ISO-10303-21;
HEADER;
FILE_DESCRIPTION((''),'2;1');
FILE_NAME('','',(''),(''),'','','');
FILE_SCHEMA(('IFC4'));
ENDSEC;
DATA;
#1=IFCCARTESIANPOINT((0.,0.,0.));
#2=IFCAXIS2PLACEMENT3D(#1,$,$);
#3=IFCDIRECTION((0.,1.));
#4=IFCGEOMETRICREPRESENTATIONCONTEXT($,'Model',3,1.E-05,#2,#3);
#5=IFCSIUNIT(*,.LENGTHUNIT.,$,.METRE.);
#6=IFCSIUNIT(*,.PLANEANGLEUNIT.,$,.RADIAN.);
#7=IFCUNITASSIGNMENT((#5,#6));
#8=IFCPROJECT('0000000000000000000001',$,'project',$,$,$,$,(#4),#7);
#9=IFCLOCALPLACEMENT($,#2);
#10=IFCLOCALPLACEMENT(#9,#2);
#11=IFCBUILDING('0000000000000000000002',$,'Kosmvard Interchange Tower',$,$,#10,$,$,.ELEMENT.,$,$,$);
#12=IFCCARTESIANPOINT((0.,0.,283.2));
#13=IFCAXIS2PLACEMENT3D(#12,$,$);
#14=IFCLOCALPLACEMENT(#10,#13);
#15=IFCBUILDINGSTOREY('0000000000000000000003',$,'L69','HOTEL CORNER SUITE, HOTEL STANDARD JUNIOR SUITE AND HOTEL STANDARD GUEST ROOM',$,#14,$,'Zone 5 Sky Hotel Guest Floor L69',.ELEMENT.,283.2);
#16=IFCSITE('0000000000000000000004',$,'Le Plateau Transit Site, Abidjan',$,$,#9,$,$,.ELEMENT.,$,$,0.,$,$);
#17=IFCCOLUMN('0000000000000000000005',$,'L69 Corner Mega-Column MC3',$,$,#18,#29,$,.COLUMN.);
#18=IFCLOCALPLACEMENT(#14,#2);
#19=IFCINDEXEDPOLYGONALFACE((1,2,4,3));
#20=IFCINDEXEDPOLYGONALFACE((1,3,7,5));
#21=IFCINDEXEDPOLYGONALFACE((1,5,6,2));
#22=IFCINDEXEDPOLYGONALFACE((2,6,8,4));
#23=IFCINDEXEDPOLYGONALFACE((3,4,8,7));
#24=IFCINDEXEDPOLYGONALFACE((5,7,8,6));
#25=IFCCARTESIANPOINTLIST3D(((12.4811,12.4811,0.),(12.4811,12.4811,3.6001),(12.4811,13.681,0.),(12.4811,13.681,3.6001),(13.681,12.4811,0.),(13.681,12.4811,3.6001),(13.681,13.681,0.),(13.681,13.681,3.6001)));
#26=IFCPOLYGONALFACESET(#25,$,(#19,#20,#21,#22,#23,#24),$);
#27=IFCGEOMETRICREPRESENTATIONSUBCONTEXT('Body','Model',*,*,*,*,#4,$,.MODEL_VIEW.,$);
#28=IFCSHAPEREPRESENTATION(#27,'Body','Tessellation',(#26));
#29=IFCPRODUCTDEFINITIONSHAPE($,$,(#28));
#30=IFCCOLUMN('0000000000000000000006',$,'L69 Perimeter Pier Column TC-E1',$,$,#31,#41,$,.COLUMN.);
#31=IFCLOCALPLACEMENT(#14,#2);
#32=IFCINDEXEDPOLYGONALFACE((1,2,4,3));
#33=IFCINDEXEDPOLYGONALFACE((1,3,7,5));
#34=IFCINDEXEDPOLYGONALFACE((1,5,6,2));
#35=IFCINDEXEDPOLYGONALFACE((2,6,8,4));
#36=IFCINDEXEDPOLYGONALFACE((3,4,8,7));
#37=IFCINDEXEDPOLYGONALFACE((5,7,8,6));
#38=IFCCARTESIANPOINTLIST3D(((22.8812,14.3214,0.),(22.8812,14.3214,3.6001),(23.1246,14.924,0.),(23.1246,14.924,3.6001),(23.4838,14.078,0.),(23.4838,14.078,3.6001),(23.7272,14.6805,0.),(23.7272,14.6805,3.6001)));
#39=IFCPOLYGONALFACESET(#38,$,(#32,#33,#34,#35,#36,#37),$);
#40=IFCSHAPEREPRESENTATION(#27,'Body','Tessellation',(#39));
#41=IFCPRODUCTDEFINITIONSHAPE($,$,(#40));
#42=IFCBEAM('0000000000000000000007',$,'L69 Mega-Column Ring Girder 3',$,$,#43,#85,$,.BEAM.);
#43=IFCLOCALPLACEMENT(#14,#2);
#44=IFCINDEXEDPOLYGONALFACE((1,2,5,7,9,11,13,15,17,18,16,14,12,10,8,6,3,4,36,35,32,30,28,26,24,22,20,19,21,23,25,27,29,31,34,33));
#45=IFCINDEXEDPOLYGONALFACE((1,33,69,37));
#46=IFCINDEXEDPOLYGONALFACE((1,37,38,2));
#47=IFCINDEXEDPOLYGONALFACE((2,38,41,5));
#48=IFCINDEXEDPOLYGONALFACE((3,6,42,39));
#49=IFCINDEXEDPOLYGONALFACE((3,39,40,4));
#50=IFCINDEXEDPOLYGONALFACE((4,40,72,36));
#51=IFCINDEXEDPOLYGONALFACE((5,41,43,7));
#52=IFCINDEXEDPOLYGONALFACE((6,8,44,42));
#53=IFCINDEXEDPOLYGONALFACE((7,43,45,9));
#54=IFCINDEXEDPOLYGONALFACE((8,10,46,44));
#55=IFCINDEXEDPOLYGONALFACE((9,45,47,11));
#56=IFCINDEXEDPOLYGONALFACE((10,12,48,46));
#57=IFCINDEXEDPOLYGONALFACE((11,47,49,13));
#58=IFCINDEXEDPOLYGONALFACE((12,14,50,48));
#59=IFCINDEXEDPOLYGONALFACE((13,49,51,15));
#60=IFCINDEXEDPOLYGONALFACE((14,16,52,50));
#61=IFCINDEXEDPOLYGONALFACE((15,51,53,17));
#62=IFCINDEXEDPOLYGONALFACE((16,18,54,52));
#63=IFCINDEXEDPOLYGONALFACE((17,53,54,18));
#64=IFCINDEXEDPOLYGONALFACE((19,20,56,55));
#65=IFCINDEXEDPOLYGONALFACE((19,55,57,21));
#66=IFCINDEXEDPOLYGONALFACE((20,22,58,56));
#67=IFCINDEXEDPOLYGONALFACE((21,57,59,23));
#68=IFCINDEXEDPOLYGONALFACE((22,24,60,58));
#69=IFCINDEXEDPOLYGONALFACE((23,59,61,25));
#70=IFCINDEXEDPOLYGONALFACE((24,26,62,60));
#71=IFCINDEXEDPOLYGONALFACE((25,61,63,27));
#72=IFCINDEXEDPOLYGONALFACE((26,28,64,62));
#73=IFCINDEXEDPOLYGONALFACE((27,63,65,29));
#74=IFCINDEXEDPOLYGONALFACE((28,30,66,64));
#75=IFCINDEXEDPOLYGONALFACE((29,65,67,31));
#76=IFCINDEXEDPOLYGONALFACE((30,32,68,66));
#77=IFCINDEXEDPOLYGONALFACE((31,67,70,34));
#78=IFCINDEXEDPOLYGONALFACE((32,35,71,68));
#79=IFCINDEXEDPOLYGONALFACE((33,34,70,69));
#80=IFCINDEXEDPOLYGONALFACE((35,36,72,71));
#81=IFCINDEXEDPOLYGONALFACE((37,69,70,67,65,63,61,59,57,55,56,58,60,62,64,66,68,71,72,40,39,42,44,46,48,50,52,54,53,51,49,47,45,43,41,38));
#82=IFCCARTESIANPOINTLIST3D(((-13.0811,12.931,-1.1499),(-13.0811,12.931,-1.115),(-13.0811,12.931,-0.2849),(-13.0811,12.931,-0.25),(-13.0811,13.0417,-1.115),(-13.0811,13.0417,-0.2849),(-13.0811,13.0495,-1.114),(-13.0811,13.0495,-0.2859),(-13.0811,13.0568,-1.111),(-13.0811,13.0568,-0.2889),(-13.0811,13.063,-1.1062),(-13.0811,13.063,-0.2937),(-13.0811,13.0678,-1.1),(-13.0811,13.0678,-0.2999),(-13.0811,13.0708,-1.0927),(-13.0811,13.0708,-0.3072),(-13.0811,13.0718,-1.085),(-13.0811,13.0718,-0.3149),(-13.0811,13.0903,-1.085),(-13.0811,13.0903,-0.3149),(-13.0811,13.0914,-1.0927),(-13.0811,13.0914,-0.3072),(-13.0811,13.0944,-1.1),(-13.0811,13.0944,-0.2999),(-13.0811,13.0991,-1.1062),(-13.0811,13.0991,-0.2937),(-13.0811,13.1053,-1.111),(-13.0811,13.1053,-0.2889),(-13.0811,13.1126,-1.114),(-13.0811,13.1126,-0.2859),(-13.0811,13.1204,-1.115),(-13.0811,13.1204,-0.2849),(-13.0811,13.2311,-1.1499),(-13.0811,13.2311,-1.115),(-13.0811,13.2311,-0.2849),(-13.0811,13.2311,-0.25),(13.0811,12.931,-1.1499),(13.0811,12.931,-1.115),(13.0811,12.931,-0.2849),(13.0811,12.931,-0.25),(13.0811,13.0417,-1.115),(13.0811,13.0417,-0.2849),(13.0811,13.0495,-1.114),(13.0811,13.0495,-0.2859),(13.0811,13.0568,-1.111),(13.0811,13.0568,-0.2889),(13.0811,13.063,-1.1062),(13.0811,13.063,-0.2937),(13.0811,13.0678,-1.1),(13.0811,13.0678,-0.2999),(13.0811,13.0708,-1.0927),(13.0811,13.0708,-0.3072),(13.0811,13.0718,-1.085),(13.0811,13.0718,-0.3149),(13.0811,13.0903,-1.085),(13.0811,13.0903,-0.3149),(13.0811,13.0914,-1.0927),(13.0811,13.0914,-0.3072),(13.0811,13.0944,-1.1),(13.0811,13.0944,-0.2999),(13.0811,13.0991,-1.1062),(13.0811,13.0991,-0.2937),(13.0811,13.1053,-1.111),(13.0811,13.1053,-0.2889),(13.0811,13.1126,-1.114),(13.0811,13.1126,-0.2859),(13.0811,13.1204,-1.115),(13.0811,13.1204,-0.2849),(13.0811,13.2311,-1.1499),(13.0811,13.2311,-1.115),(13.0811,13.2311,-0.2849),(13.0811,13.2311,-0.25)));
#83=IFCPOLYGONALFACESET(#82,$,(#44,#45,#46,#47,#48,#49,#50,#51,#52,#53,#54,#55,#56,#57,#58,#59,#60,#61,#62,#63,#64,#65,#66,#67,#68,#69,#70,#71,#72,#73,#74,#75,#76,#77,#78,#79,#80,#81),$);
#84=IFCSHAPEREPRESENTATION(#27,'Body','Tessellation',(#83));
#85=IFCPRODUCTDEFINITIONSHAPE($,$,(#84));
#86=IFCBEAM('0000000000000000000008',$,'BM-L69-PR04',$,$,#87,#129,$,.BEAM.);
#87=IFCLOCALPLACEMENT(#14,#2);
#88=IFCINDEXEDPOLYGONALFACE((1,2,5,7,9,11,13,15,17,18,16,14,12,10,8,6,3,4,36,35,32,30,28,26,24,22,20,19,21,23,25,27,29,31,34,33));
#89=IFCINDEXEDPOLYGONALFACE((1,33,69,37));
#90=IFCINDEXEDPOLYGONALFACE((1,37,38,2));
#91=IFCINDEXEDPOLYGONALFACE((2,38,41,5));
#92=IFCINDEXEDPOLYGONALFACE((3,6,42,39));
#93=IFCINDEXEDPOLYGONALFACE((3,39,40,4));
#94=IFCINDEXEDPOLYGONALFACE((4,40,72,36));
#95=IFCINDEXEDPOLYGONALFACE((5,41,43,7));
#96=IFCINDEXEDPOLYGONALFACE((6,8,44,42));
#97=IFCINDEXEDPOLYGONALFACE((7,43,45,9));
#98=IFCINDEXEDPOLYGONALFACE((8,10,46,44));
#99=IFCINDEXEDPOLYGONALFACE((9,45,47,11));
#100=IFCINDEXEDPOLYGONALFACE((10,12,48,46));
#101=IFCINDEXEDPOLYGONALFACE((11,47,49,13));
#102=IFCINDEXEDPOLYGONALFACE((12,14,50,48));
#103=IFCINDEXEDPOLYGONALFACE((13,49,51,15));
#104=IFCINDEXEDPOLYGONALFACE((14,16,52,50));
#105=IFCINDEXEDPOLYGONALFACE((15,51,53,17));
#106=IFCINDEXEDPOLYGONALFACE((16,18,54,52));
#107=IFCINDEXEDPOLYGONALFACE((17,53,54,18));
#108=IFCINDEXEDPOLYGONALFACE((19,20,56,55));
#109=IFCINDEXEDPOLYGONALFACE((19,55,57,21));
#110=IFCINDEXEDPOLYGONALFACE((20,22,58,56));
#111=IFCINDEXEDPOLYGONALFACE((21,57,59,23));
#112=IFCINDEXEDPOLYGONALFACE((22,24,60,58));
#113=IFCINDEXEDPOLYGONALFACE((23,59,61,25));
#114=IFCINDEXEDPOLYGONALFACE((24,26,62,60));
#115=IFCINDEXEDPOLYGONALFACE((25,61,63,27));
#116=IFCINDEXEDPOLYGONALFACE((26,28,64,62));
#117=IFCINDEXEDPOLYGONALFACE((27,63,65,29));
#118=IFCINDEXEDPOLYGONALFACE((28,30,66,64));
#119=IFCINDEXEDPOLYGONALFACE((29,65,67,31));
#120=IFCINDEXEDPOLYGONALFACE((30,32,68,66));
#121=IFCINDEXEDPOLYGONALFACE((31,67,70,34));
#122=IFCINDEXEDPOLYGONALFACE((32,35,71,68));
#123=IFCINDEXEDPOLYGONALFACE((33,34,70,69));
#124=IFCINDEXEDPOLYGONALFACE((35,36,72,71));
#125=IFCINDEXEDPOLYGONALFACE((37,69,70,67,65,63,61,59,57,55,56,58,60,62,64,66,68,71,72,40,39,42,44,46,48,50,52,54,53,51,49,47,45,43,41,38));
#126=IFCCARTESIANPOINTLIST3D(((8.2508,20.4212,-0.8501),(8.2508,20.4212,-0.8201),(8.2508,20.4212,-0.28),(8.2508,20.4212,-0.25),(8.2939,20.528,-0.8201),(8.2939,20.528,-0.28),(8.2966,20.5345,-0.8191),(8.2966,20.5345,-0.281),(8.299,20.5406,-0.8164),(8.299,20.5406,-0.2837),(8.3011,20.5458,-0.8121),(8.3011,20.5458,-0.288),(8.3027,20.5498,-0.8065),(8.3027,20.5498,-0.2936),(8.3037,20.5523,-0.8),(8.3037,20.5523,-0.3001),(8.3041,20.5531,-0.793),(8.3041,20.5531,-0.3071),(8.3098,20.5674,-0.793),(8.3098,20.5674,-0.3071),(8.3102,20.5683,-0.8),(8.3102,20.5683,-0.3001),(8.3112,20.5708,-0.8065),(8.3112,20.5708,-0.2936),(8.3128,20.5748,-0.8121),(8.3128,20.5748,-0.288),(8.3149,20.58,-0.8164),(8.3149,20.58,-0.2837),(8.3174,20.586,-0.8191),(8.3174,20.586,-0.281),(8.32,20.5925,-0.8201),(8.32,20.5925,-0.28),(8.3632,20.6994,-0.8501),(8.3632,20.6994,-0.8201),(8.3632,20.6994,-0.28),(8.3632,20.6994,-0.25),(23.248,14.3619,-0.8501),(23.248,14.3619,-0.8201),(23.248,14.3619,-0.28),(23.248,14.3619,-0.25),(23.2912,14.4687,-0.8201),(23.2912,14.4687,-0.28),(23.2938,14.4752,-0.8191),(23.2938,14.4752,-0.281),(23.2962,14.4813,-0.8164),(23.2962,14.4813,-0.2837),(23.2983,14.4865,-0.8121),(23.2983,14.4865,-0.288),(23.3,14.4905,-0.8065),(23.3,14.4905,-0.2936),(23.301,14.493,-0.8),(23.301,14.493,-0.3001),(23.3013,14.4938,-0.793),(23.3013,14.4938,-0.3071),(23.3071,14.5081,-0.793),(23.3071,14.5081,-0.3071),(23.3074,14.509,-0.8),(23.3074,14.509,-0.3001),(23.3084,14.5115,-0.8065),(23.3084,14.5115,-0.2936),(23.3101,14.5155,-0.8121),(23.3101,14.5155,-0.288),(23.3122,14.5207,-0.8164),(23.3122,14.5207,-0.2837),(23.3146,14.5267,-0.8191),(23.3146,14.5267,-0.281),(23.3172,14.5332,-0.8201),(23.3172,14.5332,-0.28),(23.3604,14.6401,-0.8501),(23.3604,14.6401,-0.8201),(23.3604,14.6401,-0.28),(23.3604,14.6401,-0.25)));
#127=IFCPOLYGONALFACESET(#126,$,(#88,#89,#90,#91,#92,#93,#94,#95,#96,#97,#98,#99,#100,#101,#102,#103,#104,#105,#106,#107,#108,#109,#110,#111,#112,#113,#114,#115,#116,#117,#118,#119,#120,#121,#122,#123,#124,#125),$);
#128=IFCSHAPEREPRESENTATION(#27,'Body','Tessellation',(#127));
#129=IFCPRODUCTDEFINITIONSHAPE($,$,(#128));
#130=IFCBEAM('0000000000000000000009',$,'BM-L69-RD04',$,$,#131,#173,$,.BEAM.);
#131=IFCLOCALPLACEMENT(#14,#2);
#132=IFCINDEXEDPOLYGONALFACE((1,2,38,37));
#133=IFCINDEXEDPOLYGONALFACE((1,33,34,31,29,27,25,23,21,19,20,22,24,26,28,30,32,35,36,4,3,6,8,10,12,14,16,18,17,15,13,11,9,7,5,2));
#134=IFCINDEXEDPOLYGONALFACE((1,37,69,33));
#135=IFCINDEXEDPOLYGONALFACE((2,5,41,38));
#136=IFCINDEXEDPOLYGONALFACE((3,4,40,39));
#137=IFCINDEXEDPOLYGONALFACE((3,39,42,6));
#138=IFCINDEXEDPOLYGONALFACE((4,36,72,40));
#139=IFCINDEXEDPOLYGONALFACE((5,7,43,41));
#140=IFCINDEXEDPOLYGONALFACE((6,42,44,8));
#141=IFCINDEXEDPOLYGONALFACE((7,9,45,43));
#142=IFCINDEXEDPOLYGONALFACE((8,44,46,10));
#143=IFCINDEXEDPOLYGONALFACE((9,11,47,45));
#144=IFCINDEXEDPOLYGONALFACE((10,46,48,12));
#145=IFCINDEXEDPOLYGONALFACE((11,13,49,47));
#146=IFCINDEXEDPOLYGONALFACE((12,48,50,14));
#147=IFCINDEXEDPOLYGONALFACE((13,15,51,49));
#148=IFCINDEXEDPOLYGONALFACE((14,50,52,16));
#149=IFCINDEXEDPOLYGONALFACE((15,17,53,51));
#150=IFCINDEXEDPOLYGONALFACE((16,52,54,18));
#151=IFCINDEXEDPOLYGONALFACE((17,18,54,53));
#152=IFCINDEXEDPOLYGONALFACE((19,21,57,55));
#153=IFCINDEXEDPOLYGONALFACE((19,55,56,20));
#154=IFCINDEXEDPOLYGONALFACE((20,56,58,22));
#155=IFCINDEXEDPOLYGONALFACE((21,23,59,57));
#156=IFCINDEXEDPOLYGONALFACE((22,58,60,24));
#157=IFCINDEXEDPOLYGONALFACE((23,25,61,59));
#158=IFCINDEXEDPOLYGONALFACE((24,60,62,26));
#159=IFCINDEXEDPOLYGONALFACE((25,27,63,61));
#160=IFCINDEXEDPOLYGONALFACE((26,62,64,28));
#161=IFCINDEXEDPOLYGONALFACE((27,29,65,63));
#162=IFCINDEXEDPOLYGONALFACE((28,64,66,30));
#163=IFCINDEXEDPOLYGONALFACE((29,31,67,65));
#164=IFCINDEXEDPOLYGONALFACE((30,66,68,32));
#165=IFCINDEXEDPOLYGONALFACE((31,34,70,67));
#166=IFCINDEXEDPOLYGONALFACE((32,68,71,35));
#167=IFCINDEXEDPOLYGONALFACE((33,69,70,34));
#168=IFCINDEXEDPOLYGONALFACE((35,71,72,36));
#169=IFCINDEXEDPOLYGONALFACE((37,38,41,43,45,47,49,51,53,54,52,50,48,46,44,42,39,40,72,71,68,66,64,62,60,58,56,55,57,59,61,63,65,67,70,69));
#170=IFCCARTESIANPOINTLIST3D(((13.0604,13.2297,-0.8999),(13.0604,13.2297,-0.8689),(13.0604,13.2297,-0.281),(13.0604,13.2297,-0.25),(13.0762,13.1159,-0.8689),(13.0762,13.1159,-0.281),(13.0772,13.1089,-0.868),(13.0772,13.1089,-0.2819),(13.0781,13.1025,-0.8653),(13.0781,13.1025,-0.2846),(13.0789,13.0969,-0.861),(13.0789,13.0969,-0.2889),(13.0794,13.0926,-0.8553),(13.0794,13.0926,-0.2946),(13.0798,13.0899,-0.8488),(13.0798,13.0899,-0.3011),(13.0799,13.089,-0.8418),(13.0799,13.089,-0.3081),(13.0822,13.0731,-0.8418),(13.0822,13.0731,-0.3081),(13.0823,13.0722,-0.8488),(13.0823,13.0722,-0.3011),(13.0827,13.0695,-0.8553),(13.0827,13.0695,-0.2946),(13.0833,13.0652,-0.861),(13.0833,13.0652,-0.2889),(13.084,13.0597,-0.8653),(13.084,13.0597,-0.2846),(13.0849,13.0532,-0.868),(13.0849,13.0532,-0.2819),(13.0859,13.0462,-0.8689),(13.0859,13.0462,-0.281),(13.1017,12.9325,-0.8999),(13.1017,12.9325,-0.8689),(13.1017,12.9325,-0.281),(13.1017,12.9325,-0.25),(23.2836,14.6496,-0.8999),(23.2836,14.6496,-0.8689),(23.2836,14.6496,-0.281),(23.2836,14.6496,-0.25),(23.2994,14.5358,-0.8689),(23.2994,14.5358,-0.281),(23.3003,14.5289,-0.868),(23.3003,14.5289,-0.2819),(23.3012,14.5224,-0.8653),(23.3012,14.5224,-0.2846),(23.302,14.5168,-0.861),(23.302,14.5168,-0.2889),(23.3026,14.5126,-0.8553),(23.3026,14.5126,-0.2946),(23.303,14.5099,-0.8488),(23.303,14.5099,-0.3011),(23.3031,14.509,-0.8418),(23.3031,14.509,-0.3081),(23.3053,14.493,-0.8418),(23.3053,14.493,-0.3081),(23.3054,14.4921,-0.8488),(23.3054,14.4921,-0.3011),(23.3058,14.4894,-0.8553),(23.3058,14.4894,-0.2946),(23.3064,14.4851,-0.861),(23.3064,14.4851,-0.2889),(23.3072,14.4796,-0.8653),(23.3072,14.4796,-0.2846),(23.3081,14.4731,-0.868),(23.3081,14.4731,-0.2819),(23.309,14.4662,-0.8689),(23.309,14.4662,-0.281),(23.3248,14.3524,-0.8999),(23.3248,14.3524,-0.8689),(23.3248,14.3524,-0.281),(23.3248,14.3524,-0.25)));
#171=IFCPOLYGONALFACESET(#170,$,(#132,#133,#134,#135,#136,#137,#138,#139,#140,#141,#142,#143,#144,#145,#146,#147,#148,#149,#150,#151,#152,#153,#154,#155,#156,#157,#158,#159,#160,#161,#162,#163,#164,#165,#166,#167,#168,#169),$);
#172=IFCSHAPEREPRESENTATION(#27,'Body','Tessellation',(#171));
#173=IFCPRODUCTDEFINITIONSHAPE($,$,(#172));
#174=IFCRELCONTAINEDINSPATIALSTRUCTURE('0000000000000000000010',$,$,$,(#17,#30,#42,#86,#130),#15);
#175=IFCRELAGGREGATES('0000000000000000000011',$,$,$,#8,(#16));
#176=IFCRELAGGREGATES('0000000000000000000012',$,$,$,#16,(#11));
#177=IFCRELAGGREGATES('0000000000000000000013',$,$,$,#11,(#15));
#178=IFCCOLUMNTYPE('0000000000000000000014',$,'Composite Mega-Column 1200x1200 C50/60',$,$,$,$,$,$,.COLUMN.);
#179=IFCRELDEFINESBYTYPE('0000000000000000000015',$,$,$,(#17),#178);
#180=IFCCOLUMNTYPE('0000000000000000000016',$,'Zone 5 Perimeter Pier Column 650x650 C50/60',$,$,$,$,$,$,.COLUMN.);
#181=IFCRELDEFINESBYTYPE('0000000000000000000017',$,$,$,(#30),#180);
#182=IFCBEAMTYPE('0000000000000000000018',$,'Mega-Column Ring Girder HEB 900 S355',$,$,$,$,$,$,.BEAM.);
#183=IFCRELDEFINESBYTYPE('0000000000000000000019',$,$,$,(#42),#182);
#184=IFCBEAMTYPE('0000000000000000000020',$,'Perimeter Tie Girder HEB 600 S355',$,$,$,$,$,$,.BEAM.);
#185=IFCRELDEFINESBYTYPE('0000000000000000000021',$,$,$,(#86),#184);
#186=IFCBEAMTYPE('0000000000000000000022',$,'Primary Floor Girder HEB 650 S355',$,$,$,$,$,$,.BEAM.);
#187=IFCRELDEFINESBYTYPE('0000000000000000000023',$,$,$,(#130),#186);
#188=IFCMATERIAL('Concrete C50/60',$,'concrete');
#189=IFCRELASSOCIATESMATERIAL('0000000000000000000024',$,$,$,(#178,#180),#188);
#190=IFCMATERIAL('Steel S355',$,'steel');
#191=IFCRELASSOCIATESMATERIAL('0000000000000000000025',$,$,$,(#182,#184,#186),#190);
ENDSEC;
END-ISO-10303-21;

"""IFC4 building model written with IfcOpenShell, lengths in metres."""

from ifc_helpers import new_model, si_unit, direction, frame, origin, origin_2d, place, context, subcontext, project, spatial, rectangle, i_section, extrude, source, transform, mapped, material, material_profile, profile_set, type_object, element, save


model = new_model("IFC4")

# Units and contexts
model_context = context("Model", 3, precision=1e-05, world=origin(), true_north=direction((0.0, 1.0)))
body_context = subcontext(model_context, "Body", "Model", "MODEL_VIEW")
ifc_project = project(units=[si_unit("LENGTHUNIT", "METRE"), si_unit("PLANEANGLEUNIT", "RADIAN")], contexts=[model_context])

# Site, building, storey
site_placement = place(None, origin())
site = spatial("IfcSite", under=ifc_project, at=site_placement, Name="Le Plateau Transit Site, Abidjan", CompositionType="ELEMENT", RefElevation=0.0)
building_placement = place(site_placement, origin())
building = spatial("IfcBuilding", under=site, at=building_placement, Name="Kosmvard Interchange Tower", CompositionType="ELEMENT")
storey_placement = place(building_placement, frame((0.0, 0.0, 283.2)))
storey = spatial("IfcBuildingStorey", under=building, at=storey_placement, Name="L69", Description="HOTEL CORNER SUITE, HOTEL STANDARD JUNIOR SUITE AND HOTEL STANDARD GUEST ROOM", LongName="Zone 5 Sky Hotel Guest Floor L69", CompositionType="ELEMENT", Elevation=283.2)

# Columns
ifc_material_1 = material(Name="Concrete C50/60", Category="concrete")
ifc_material_profile_1 = material_profile(ifc_material_1, rectangle(XDim=1.2, YDim=1.2, at=origin_2d()), Name="MC 1200x1200")
ifc_profile_set_1 = profile_set([ifc_material_profile_1], Name="Concrete C50/60")
column_type_1 = type_object("IfcColumnType", Name="Composite Mega-Column 1200x1200 C50/60", PredefinedType="COLUMN", material=ifc_profile_set_1)
shared_shape_1 = source(origin(), body_context, "Body", "SweptSolid", [
    extrude(rectangle(XDim=1.2, YDim=1.2, at=origin_2d()), origin(), (0.0, 0.0, 1.0), 3.6001),
])
column_1_placement = place(storey_placement, frame((13.0811, 13.0811, 0.0), z_axis=(0.0, 0.0, 1.0), x_axis=(1.0, 0.0, 0.0)))
element("IfcColumn", 1, at=column_1_placement, inside=storey, type_object=column_type_1, Name="L69 Corner Mega-Column MC3", PredefinedType="COLUMN", context=body_context, shape_type="MappedRepresentation", body=[
    mapped(shared_shape_1, transform((0.0, 0.0, 0.0), scale=1.0)),
])
ifc_material_profile_2 = material_profile(ifc_material_1, rectangle(XDim=0.6499, YDim=0.6499, at=origin_2d()), Name="TC 650x650")
ifc_profile_set_2 = profile_set([ifc_material_profile_2], Name="Concrete C50/60")
column_type_2 = type_object("IfcColumnType", Name="Zone 5 Perimeter Pier Column 650x650 C50/60", PredefinedType="COLUMN", material=ifc_profile_set_2)
shared_shape_2 = source(origin(), body_context, "Body", "SweptSolid", [
    extrude(rectangle(XDim=0.6499, YDim=0.6499, at=origin_2d()), origin(), (0.0, 0.0, 1.0), 3.6001),
])
column_2_placement = place(storey_placement, frame((23.3042, 14.501, 0.0), z_axis=(0.0, 0.0, 1.0), x_axis=(0.374607, 0.927184, 0.0)))
element("IfcColumn", 2, at=column_2_placement, inside=storey, type_object=column_type_2, Name="L69 Perimeter Pier Column TC-E1", PredefinedType="COLUMN", context=body_context, shape_type="MappedRepresentation", body=[
    mapped(shared_shape_2, transform((0.0, 0.0, 0.0), scale=1.0)),
])

# Beams
ifc_material_2 = material(Name="Steel S355", Category="steel")
ifc_material_profile_3 = material_profile(ifc_material_2, i_section(OverallWidth=0.3, OverallDepth=0.8999, WebThickness=0.0186, FlangeThickness=0.0349, FilletRadius=0.03, at=origin_2d()), Name="HEB 900")
ifc_profile_set_3 = profile_set([ifc_material_profile_3], Name="Steel S355")
beam_type_1 = type_object("IfcBeamType", Name="Mega-Column Ring Girder HEB 900 S355", PredefinedType="BEAM", material=ifc_profile_set_3)
shared_shape_3 = source(origin(), body_context, "Body", "SweptSolid", [
    extrude(i_section(OverallWidth=0.3, OverallDepth=0.8999, WebThickness=0.0186, FlangeThickness=0.0349, FilletRadius=0.03, at=origin_2d()), origin(), (0.0, 0.0, 1.0), 26.1621),
])
beam_1_placement = place(storey_placement, frame((13.0811, 13.0811, -0.7), z_axis=(-1.0, 0.0, 0.0), x_axis=(0.0, -1.0, 0.0)))
element("IfcBeam", 3, at=beam_1_placement, inside=storey, type_object=beam_type_1, Name="L69 Mega-Column Ring Girder 3", PredefinedType="BEAM", context=body_context, shape_type="MappedRepresentation", body=[
    mapped(shared_shape_3, transform((0.0, 0.0, 0.0), scale=1.0)),
])
ifc_material_profile_4 = material_profile(ifc_material_2, i_section(OverallWidth=0.3, OverallDepth=0.6001, WebThickness=0.0154, FlangeThickness=0.03, FilletRadius=0.0271, at=origin_2d()), Name="HEB 600")
ifc_profile_set_4 = profile_set([ifc_material_profile_4], Name="Steel S355")
beam_type_2 = type_object("IfcBeamType", Name="Perimeter Tie Girder HEB 600 S355", PredefinedType="BEAM", material=ifc_profile_set_4)
shared_shape_4 = source(origin(), body_context, "Body", "SweptSolid", [
    extrude(i_section(OverallWidth=0.3, OverallDepth=0.6001, WebThickness=0.0154, FlangeThickness=0.03, FilletRadius=0.0271, at=origin_2d()), origin(), (0.0, 0.0, 1.0), 16.175),
])
beam_2_placement = place(storey_placement, frame((23.3042, 14.501, -0.55), z_axis=(-0.927183, 0.374608, 0.0), x_axis=(-0.374608, -0.927183, 0.0)))
element("IfcBeam", 4, at=beam_2_placement, inside=storey, type_object=beam_type_2, Name="BM-L69-PR04", PredefinedType="BEAM", context=body_context, shape_type="MappedRepresentation", body=[
    mapped(shared_shape_4, transform((0.0, 0.0, 0.0), scale=1.0)),
])
ifc_material_profile_5 = material_profile(ifc_material_2, i_section(OverallWidth=0.3, OverallDepth=0.6499, WebThickness=0.0161, FlangeThickness=0.031, FilletRadius=0.0271, at=origin_2d()), Name="HEB 650")
ifc_profile_set_5 = profile_set([ifc_material_profile_5], Name="Steel S355")
beam_type_3 = type_object("IfcBeamType", Name="Primary Floor Girder HEB 650 S355", PredefinedType="BEAM", material=ifc_profile_set_5)
shared_shape_5 = source(origin(), body_context, "Body", "SweptSolid", [
    extrude(i_section(OverallWidth=0.3, OverallDepth=0.6499, WebThickness=0.0161, FlangeThickness=0.031, FilletRadius=0.0271, at=origin_2d()), origin(), (0.0, 0.0, 1.0), 10.3213),
])
beam_3_placement = place(storey_placement, frame((13.0811, 13.0811, -0.575), z_axis=(0.990492, 0.137572, 0.0), x_axis=(-0.137572, 0.990492, 0.0)))
element("IfcBeam", 5, at=beam_3_placement, inside=storey, type_object=beam_type_3, Name="BM-L69-RD04", PredefinedType="BEAM", context=body_context, shape_type="MappedRepresentation", body=[
    mapped(shared_shape_5, transform((0.0, 0.0, 0.0), scale=1.0)),
])

save(model, "model.ifc")
